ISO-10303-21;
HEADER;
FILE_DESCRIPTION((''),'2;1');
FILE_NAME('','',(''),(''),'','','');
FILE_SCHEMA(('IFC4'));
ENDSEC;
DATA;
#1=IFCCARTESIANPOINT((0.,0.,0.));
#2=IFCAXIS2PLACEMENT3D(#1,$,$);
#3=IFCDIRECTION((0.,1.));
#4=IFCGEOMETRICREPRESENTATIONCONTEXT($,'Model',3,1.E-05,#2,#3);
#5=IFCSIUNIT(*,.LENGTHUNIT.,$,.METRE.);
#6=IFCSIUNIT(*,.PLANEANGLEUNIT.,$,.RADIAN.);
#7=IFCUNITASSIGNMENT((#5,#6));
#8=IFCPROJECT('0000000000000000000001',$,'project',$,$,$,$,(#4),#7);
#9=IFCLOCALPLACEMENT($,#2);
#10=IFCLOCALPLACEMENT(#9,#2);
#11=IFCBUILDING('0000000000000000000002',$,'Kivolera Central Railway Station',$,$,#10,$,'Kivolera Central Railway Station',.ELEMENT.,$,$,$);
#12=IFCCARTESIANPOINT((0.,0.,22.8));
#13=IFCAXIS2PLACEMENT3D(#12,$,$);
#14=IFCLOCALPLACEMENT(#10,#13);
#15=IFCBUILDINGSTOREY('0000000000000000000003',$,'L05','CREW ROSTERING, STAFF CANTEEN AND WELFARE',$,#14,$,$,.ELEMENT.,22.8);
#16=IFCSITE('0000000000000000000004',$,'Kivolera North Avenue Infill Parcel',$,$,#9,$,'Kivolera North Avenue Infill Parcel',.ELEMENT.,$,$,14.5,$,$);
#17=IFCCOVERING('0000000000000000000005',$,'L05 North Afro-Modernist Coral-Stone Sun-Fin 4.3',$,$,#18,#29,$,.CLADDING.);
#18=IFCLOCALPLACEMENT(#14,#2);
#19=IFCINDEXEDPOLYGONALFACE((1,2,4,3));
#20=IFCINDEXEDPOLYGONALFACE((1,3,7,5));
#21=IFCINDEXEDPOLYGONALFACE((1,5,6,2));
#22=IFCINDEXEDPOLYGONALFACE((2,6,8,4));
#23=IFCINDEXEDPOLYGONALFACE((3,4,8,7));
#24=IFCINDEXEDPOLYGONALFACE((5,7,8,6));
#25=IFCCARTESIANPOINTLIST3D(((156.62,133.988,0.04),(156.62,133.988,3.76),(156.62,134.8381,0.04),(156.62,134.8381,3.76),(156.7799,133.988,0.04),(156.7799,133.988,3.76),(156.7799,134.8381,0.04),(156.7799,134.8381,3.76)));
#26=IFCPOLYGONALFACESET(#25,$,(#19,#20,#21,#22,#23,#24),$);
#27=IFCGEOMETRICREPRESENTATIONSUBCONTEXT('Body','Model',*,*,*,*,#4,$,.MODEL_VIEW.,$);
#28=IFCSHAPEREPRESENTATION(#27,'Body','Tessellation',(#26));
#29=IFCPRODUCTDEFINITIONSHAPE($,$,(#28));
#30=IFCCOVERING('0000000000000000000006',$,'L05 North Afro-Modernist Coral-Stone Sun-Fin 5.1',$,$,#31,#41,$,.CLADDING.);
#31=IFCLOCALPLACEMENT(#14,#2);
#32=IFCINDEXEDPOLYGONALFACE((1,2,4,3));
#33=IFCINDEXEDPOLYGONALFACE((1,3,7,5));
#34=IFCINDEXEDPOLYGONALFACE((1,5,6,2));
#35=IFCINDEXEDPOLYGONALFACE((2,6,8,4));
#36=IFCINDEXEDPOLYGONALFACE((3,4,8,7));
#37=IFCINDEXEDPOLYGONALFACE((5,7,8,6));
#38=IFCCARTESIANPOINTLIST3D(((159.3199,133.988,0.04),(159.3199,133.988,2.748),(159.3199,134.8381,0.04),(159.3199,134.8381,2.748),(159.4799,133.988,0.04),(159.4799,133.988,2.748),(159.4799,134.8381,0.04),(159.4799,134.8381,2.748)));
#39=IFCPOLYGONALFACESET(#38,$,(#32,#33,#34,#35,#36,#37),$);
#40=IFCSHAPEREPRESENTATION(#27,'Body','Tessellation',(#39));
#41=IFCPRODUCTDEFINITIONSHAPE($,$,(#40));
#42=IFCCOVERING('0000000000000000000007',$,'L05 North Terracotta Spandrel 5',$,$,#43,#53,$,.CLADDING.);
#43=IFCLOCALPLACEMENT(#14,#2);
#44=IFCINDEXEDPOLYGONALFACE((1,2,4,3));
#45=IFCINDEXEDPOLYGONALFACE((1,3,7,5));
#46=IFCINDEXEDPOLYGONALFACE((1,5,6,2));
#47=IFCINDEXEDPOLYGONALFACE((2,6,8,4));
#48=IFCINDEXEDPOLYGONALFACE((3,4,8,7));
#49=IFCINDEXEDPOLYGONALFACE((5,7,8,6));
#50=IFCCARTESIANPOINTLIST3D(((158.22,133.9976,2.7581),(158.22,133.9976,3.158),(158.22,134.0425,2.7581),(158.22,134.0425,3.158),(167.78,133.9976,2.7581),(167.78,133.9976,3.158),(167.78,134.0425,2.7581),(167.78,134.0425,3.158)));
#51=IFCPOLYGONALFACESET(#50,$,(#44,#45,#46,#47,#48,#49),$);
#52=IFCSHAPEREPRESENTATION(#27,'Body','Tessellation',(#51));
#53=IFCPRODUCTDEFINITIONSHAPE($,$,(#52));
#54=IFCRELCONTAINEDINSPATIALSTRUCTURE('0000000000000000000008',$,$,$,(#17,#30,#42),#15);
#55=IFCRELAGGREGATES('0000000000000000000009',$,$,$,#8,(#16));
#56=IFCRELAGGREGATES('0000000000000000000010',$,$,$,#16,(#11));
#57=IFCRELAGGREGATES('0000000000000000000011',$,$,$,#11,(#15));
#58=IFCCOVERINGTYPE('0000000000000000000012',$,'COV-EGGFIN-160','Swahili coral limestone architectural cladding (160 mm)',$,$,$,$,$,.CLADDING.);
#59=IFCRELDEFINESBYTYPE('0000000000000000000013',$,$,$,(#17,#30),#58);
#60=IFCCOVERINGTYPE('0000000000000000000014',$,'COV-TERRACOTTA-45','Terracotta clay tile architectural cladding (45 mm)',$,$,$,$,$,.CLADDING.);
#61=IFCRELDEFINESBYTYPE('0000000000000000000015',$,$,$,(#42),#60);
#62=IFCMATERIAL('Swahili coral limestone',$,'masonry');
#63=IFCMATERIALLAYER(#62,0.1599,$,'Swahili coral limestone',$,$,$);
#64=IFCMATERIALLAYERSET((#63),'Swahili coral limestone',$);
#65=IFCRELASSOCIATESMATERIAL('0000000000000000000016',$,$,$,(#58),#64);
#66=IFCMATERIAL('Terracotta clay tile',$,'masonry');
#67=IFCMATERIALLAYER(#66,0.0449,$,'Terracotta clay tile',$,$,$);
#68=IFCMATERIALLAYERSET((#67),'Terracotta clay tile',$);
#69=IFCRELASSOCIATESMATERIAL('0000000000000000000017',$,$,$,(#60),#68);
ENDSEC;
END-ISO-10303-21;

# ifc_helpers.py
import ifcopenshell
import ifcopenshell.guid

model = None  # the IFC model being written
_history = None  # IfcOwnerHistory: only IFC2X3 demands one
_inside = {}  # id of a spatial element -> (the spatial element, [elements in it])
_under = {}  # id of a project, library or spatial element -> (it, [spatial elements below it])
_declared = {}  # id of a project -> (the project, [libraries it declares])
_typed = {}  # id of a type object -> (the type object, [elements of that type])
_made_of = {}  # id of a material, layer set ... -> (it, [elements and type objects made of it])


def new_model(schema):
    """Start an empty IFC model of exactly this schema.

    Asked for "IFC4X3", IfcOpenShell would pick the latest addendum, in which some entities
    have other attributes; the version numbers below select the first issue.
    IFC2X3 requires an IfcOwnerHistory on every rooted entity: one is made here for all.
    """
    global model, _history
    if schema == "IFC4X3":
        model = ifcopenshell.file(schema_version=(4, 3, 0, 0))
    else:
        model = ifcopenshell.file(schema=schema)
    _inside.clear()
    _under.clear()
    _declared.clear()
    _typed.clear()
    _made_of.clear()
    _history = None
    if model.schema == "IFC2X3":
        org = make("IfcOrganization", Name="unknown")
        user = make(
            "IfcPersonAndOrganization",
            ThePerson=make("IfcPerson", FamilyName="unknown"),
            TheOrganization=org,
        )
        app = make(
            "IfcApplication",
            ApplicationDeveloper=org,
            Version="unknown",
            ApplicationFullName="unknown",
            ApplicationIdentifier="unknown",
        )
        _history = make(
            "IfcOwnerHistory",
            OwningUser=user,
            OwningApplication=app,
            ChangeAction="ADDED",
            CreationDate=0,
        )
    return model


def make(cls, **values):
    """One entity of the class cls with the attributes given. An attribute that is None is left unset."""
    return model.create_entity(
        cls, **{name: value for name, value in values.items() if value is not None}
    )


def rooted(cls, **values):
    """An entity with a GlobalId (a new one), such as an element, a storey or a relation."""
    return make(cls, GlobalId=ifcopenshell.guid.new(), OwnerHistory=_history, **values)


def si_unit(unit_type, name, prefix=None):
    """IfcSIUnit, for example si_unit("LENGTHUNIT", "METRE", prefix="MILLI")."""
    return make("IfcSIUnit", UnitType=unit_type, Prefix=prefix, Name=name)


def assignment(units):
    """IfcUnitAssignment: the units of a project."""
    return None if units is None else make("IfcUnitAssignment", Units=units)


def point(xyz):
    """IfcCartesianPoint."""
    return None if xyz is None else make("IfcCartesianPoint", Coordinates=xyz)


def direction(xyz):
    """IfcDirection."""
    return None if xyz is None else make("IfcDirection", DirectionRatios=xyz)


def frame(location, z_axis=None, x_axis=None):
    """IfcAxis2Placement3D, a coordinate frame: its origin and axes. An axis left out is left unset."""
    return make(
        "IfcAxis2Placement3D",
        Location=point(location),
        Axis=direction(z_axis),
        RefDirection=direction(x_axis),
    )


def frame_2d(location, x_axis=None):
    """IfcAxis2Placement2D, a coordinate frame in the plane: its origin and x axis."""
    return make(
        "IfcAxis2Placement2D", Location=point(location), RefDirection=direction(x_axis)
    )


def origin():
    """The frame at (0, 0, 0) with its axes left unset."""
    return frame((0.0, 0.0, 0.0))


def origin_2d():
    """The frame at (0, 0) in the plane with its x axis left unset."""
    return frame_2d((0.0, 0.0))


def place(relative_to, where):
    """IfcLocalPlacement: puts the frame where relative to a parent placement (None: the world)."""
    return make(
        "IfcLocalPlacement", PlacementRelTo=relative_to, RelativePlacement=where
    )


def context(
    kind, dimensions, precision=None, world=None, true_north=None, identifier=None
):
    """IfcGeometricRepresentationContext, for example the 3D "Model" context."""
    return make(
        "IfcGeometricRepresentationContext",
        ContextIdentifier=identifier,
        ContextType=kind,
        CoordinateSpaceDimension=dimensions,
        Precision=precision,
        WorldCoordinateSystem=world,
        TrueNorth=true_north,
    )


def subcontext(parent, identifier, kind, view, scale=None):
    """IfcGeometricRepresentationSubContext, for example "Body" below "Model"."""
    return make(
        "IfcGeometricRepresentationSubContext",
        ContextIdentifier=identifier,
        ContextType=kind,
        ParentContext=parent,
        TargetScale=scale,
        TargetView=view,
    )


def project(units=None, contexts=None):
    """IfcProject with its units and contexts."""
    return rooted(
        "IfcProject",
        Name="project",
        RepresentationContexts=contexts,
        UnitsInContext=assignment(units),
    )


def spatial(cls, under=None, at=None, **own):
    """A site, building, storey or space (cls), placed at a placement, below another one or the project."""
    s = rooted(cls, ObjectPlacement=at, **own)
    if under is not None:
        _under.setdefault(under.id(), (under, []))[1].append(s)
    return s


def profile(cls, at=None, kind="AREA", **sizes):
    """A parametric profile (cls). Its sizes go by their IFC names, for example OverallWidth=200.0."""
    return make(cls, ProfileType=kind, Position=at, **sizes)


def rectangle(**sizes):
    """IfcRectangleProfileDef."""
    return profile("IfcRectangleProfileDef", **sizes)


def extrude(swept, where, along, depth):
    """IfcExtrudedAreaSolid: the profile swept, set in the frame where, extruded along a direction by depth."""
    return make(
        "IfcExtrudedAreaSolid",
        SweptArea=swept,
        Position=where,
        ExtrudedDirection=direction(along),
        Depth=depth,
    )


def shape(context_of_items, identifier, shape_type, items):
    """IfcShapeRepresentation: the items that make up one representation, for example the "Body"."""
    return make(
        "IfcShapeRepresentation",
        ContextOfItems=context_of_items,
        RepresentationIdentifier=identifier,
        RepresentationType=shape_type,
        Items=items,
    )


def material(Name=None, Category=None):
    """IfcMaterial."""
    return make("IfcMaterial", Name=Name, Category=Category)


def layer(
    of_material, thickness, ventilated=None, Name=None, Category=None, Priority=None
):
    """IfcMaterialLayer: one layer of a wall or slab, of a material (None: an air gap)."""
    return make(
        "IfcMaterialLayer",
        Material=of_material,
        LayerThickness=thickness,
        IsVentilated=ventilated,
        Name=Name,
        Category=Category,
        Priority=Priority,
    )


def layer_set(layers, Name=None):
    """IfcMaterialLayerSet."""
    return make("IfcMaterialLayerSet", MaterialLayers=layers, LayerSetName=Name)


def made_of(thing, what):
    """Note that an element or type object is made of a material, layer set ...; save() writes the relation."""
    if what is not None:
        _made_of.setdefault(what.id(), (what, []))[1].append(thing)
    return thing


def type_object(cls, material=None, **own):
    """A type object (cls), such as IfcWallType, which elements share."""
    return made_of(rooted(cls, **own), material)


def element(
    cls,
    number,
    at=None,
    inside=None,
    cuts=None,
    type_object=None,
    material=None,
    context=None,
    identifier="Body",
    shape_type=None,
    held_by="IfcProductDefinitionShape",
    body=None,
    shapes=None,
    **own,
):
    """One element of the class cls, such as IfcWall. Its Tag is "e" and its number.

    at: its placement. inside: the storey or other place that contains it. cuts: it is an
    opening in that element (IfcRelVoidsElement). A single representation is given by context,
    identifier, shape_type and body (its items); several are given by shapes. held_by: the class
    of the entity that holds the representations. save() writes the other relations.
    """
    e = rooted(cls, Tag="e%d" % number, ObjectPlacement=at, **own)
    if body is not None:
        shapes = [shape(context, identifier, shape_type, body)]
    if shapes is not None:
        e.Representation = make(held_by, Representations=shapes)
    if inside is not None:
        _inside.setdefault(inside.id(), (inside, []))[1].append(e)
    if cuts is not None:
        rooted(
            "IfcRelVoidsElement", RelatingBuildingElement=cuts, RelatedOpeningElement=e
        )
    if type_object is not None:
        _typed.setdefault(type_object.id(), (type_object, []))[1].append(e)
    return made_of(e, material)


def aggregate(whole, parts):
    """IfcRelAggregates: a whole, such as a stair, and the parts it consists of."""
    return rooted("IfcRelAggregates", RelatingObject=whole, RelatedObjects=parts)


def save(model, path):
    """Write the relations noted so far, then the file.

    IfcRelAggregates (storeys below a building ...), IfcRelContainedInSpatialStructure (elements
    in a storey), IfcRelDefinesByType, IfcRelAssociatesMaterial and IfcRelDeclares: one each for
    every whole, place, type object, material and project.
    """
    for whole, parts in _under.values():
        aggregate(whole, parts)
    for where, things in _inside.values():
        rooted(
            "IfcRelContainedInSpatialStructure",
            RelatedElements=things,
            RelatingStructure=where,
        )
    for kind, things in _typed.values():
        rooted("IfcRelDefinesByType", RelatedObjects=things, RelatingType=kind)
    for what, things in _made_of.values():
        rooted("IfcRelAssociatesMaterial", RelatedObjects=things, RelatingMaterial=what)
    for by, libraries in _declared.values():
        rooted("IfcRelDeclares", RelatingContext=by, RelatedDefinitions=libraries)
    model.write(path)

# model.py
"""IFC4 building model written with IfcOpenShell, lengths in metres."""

from ifc_helpers import new_model, si_unit, direction, frame, frame_2d, origin, origin_2d, place, context, subcontext, project, spatial, rectangle, extrude, material, layer, layer_set, type_object, element, save


model = new_model("IFC4")

# Units and contexts
model_context = context("Model", 3, precision=1e-05, world=origin(), true_north=direction((0.0, 1.0)))
body_context = subcontext(model_context, "Body", "Model", "MODEL_VIEW")
ifc_project = project(units=[si_unit("LENGTHUNIT", "METRE"), si_unit("PLANEANGLEUNIT", "RADIAN")], contexts=[model_context])

# Site, building, storey
site_placement = place(None, origin())
site = spatial("IfcSite", under=ifc_project, at=site_placement, Name="Kivolera North Avenue Infill Parcel", LongName="Kivolera North Avenue Infill Parcel", CompositionType="ELEMENT", RefElevation=14.5)
building_placement = place(site_placement, origin())
building = spatial("IfcBuilding", under=site, at=building_placement, Name="Kivolera Central Railway Station", LongName="Kivolera Central Railway Station", CompositionType="ELEMENT")
storey_placement = place(building_placement, frame((0.0, 0.0, 22.8)))
storey = spatial("IfcBuildingStorey", under=building, at=storey_placement, Name="L05", Description="CREW ROSTERING, STAFF CANTEEN AND WELFARE", CompositionType="ELEMENT", Elevation=22.8)

# Shared definitions
ifc_material_1 = material(Name="Swahili coral limestone", Category="masonry")

# Coverings
ifc_layer_1 = layer(ifc_material_1, 0.1599, Name="Swahili coral limestone")
ifc_layer_set_1 = layer_set([ifc_layer_1], Name="Swahili coral limestone")
covering_type_1 = type_object("IfcCoveringType", Name="COV-EGGFIN-160", Description="Swahili coral limestone architectural cladding (160 mm)", PredefinedType="CLADDING", material=ifc_layer_set_1)
for number, where, z_axis, x_axis, name in (
    (1, (156.7, 134.4131, 0.04), (0.0, 0.0, 1.0), (1.0, 0.0, 0.0), "L05 North Afro-Modernist Coral-Stone Sun-Fin 4.3"),
):
    element("IfcCovering", number, at=place(storey_placement, frame(where, z_axis=z_axis, x_axis=x_axis)), inside=storey, type_object=covering_type_1, Name=name, PredefinedType="CLADDING", context=body_context, shape_type="SweptSolid", body=[
        extrude(rectangle(XDim=0.1599, YDim=0.8501, at=origin_2d()), origin(), (0.0, 0.0, 1.0), 3.72),
    ])
covering_1_placement = place(storey_placement, frame((159.3999, 134.4131, 0.04), z_axis=(0.0, 0.0, 1.0), x_axis=(1.0, 0.0, 0.0)))
element("IfcCovering", 2, at=covering_1_placement, inside=storey, type_object=covering_type_1, Name="L05 North Afro-Modernist Coral-Stone Sun-Fin 5.1", PredefinedType="CLADDING", context=body_context, shape_type="SweptSolid", body=[
    extrude(rectangle(XDim=0.1599, YDim=0.8501, at=origin_2d()), origin(), (0.0, 0.0, 1.0), 2.708),
])
ifc_material_2 = material(Name="Terracotta clay tile", Category="masonry")
ifc_layer_2 = layer(ifc_material_2, 0.0449, Name="Terracotta clay tile")
ifc_layer_set_2 = layer_set([ifc_layer_2], Name="Terracotta clay tile")
covering_type_2 = type_object("IfcCoveringType", Name="COV-TERRACOTTA-45", Description="Terracotta clay tile architectural cladding (45 mm)", PredefinedType="CLADDING", material=ifc_layer_set_2)
covering_2_placement = place(storey_placement, frame((158.22, 134.02, 2.7581), z_axis=(0.0, 0.0, 1.0), x_axis=(1.0, 0.0, 0.0)))
element("IfcCovering", 3, at=covering_2_placement, inside=storey, type_object=covering_type_2, Name="L05 North Terracotta Spandrel 5", PredefinedType="CLADDING", context=body_context, shape_type="SweptSolid", body=[
    extrude(rectangle(XDim=9.5601, YDim=0.0449, at=frame_2d((4.78, 0.0))), origin(), (0.0, 0.0, 1.0), 0.3999),
])

save(model, "model.ifc")
